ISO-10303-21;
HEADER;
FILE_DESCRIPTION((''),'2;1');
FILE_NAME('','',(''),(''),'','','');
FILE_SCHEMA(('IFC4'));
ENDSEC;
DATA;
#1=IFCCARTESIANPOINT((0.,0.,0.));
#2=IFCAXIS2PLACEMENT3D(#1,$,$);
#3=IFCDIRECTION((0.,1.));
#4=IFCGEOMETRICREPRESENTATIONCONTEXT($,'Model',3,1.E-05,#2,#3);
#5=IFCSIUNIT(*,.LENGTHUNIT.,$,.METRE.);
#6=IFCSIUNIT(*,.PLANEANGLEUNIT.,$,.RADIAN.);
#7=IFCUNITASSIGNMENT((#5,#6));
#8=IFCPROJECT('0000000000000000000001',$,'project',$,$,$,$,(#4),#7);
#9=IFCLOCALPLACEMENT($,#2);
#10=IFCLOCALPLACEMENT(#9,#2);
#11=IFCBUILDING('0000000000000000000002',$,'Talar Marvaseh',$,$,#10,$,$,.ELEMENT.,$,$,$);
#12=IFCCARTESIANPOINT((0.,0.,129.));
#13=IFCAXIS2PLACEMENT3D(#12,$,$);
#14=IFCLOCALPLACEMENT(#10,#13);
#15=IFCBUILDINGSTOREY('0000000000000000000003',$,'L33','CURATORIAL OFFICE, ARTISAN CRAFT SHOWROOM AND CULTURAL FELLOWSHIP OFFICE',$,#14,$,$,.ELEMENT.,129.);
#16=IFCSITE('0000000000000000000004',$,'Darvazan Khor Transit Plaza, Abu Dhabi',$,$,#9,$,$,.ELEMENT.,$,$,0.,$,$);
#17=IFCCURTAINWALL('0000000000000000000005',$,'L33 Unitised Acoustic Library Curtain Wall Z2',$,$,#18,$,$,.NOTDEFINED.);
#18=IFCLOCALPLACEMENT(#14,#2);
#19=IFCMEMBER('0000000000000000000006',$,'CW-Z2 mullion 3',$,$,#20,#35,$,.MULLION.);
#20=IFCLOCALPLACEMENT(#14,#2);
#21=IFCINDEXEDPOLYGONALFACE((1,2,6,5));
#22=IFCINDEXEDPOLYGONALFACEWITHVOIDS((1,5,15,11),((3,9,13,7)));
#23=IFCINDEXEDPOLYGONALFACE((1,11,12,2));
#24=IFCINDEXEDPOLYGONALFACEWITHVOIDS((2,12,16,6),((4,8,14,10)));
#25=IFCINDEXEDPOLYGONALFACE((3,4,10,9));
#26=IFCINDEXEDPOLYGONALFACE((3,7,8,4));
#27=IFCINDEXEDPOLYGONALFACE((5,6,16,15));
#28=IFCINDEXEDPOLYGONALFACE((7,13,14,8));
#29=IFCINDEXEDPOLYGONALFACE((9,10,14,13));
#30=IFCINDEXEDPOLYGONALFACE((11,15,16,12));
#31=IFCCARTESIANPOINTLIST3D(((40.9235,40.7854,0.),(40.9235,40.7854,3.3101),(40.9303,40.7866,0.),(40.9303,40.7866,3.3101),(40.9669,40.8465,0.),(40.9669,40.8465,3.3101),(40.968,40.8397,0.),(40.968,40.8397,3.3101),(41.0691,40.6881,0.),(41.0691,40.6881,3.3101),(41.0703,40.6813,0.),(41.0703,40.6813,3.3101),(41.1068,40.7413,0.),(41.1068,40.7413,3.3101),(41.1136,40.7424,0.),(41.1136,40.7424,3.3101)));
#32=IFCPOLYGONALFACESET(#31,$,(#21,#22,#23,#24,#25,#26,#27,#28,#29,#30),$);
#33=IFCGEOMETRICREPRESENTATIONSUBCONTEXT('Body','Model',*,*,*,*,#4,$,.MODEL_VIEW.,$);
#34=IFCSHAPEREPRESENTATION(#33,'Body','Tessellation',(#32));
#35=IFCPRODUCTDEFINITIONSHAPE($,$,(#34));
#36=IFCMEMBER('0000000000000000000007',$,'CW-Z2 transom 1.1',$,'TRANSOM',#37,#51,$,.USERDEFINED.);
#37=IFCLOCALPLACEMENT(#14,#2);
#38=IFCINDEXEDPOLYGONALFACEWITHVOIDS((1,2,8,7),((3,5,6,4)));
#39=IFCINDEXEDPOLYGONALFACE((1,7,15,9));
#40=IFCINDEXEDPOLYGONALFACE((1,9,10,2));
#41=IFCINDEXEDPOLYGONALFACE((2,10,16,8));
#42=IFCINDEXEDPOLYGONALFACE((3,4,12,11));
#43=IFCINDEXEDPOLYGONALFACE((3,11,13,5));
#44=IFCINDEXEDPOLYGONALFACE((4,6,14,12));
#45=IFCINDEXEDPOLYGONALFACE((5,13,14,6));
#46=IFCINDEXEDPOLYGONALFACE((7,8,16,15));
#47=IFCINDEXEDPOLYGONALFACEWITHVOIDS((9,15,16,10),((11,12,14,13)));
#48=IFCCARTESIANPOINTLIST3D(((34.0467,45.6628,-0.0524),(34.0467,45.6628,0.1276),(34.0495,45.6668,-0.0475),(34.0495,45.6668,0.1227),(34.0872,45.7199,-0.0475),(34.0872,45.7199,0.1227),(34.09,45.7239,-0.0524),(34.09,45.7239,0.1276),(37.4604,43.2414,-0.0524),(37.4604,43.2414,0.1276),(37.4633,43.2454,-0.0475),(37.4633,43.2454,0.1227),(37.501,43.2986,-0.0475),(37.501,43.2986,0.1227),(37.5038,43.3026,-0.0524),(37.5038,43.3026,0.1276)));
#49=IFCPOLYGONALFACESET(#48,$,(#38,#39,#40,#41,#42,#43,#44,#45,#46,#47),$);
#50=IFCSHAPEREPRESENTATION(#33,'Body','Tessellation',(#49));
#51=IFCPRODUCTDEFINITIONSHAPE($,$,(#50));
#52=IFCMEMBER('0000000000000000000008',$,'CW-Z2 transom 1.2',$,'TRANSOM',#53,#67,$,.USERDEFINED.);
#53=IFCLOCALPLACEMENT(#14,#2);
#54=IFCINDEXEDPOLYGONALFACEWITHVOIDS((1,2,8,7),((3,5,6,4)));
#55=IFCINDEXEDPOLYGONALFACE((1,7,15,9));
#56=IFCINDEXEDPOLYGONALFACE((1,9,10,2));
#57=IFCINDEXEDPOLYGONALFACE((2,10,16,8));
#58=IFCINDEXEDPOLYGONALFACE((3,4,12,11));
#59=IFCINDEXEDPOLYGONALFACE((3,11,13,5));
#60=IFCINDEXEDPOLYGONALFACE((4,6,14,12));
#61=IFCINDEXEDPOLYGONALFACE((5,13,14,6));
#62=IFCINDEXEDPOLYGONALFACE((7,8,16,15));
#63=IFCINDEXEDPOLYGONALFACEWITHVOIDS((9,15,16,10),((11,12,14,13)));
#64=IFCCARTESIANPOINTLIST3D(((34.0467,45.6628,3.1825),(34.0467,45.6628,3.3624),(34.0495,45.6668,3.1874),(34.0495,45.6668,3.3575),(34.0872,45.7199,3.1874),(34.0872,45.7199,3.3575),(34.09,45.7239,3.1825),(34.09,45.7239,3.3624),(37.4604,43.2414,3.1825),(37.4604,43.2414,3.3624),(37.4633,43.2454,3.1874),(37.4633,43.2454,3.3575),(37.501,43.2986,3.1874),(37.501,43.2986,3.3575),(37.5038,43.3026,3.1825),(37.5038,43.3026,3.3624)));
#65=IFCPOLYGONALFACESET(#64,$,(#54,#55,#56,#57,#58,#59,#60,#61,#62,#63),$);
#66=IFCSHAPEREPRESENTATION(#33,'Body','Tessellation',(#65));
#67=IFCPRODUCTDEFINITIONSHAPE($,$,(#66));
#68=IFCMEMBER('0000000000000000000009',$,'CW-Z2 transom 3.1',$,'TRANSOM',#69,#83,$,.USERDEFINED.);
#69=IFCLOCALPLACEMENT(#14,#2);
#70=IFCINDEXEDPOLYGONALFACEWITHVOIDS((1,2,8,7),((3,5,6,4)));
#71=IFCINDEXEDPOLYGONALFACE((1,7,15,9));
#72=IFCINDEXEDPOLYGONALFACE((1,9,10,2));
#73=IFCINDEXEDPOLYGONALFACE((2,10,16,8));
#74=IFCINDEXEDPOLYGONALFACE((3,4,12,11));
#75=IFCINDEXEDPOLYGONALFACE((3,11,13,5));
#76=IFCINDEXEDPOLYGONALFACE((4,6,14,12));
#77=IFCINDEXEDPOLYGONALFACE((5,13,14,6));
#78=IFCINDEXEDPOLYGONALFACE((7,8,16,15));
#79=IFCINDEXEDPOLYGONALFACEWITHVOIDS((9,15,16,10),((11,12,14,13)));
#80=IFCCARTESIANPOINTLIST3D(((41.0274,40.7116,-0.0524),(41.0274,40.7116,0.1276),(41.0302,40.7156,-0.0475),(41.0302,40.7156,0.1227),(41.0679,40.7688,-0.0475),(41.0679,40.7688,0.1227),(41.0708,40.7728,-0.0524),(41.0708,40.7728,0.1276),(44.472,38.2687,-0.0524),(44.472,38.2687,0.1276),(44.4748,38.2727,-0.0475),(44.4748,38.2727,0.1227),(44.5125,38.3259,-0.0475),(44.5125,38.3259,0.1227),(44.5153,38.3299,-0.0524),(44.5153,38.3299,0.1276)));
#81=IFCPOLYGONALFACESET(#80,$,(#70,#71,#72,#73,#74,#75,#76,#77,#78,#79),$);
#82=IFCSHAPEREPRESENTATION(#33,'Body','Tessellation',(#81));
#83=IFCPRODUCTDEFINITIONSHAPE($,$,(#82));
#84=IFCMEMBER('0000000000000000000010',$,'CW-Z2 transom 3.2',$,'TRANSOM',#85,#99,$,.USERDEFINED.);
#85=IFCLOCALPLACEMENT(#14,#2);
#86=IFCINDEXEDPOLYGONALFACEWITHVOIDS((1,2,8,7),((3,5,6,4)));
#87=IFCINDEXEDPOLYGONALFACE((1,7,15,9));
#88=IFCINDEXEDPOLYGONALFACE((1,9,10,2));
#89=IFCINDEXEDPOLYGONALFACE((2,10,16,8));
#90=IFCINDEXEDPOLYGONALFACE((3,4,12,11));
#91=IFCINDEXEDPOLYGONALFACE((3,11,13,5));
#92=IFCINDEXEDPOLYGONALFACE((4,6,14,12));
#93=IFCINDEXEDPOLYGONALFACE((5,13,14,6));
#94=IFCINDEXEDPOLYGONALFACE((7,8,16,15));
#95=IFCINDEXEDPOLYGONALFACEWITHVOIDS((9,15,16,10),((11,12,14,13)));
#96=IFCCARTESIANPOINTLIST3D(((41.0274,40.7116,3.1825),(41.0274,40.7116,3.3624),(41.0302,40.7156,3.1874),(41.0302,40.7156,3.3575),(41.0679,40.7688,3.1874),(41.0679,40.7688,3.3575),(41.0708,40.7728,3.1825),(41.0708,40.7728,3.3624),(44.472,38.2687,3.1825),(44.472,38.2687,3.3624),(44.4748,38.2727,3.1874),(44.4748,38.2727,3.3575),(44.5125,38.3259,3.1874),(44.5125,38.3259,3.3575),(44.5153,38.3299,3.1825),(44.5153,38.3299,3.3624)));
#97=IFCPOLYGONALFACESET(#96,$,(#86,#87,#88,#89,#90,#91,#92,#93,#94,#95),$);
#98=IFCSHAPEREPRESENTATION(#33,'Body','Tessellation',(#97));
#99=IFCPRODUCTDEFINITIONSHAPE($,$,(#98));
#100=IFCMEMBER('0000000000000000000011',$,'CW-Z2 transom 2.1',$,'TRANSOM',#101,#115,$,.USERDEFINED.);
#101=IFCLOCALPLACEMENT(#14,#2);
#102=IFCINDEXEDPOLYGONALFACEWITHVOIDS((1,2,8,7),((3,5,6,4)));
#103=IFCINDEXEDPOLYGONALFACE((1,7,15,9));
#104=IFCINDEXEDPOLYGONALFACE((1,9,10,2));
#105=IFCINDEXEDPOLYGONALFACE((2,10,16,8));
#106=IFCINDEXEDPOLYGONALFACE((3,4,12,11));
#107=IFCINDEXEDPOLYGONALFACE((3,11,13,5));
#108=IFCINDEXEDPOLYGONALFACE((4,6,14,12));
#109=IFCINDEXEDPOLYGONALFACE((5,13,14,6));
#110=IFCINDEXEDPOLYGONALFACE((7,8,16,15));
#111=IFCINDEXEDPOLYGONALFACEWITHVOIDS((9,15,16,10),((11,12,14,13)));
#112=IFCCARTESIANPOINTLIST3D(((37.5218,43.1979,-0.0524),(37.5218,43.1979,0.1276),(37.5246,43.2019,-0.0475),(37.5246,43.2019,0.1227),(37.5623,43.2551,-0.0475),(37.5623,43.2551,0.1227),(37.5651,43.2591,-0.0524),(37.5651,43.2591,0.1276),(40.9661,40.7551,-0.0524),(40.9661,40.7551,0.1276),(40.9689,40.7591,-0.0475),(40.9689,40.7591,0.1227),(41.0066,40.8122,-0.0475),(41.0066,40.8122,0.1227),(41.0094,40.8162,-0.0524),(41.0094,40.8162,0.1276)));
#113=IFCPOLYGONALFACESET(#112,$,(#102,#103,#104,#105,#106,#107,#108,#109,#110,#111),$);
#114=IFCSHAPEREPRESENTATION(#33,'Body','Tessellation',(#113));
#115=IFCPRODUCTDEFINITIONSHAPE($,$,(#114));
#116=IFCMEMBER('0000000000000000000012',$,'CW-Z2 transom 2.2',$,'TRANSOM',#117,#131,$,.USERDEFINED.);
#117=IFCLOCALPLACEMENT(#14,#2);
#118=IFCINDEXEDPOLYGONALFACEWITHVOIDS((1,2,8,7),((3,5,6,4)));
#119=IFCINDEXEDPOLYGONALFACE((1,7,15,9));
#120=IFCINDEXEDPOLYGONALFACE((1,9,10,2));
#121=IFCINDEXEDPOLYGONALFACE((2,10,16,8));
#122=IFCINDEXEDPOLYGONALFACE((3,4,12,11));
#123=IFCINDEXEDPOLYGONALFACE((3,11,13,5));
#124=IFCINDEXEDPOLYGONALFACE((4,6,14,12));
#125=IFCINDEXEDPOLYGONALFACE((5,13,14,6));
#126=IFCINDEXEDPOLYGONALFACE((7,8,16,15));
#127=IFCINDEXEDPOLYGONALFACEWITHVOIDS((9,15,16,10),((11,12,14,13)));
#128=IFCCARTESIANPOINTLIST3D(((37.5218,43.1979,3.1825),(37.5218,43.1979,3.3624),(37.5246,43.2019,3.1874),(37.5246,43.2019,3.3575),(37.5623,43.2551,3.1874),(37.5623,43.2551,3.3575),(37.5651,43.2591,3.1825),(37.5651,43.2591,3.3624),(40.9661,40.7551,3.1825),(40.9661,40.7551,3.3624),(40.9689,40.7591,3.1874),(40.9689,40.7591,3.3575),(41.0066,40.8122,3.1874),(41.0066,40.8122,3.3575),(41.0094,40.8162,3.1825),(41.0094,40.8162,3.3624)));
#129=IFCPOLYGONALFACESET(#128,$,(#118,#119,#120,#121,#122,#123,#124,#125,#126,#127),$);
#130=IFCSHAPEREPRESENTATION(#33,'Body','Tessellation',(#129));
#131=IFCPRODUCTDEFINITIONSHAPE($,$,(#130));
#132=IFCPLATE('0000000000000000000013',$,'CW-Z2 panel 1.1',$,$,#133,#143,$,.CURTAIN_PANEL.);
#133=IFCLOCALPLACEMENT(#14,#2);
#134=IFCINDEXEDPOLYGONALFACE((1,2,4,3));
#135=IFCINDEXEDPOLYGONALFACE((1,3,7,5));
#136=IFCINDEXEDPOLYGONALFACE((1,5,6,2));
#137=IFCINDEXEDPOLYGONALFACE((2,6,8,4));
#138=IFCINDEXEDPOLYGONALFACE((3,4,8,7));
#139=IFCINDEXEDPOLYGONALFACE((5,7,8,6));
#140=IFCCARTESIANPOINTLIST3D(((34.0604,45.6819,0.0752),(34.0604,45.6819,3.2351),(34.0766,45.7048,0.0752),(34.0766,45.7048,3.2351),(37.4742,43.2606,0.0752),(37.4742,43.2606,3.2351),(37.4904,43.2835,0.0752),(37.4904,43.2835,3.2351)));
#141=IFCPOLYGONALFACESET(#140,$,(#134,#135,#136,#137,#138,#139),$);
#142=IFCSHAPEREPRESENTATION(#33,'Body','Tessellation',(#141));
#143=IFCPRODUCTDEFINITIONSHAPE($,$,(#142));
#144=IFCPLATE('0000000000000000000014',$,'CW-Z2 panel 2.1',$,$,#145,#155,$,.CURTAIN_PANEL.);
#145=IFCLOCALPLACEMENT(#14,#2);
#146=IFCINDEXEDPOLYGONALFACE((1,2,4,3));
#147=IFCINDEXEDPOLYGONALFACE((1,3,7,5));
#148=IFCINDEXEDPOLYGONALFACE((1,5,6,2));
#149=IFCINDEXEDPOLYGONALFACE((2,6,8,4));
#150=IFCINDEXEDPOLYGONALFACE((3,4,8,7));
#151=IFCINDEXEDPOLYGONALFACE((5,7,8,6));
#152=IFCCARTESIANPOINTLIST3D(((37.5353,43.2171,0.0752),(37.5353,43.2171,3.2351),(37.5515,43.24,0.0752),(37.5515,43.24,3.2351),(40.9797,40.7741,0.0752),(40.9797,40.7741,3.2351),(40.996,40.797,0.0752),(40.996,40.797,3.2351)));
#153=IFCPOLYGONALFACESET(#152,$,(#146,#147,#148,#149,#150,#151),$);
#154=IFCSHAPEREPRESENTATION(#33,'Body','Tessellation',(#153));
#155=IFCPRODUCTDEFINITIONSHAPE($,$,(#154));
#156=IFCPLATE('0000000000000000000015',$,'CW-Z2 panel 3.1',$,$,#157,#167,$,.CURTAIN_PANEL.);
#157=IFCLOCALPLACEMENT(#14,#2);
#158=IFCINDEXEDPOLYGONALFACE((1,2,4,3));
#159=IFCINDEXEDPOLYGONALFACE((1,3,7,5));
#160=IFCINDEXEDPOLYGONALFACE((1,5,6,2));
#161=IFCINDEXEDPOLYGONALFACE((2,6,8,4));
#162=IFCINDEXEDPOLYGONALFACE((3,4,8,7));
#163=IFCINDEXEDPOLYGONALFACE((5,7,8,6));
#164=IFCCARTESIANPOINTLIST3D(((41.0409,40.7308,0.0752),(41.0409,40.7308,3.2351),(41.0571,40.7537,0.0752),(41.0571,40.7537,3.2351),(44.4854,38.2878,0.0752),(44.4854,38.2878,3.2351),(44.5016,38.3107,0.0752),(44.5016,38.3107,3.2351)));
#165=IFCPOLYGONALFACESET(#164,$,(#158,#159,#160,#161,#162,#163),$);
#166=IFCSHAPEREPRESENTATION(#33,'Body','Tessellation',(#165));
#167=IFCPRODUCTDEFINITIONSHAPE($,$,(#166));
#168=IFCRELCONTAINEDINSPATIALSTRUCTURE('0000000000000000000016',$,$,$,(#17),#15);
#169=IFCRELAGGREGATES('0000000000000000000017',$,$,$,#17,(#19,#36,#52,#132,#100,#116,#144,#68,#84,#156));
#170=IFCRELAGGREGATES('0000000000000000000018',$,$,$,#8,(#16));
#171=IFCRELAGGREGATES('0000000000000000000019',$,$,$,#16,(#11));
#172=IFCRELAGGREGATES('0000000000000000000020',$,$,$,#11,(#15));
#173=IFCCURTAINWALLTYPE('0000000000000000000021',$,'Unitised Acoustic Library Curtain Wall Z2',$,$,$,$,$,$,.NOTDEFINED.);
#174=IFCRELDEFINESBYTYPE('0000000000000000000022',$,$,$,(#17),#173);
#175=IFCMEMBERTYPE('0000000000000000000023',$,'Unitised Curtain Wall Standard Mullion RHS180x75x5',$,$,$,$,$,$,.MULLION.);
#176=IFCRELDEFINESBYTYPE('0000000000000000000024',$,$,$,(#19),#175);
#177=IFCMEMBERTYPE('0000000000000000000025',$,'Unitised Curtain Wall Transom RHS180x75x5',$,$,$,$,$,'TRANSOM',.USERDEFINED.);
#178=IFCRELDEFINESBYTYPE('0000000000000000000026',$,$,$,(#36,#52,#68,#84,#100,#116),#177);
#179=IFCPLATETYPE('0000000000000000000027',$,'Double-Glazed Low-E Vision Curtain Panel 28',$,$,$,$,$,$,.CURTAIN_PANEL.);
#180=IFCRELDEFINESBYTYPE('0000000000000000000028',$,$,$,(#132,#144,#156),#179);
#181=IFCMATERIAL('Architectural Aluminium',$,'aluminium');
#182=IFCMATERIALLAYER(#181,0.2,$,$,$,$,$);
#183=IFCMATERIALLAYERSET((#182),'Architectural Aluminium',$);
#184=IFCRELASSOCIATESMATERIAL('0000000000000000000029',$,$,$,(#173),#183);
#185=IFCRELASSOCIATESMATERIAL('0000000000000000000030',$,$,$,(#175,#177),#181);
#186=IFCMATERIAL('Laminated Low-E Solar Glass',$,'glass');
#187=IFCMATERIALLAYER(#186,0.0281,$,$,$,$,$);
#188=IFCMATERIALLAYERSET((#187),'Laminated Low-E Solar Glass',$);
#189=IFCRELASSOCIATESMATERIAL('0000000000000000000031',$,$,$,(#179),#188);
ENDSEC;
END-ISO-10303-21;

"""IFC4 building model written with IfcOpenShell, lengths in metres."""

from ifc_helpers import new_model, si_unit, direction, frame, origin, origin_2d, place, context, subcontext, project, spatial, rectangle, hollow_rectangle, extrude, source, transform, mapped, material, layer, layer_set, material_profile, profile_set, type_object, type_shapes, element, aggregate, save


model = new_model("IFC4")

# Units and contexts
model_context = context("Model", 3, precision=1e-05, world=origin(), true_north=direction((0.0, 1.0)))
body_context = subcontext(model_context, "Body", "Model", "MODEL_VIEW")
ifc_project = project(units=[si_unit("LENGTHUNIT", "METRE"), si_unit("PLANEANGLEUNIT", "RADIAN")], contexts=[model_context])

# Site, building, storey
site_placement = place(None, origin())
site = spatial("IfcSite", under=ifc_project, at=site_placement, Name="Darvazan Khor Transit Plaza, Abu Dhabi", CompositionType="ELEMENT", RefElevation=0.0)
building_placement = place(site_placement, origin())
building = spatial("IfcBuilding", under=site, at=building_placement, Name="Talar Marvaseh", CompositionType="ELEMENT")
storey_placement = place(building_placement, frame((0.0, 0.0, 129.0)))
storey = spatial("IfcBuildingStorey", under=building, at=storey_placement, Name="L33", Description="CURATORIAL OFFICE, ARTISAN CRAFT SHOWROOM AND CULTURAL FELLOWSHIP OFFICE", CompositionType="ELEMENT", Elevation=129.0)

# Curtain wall, members, plates
ifc_material_1 = material(Name="Architectural Aluminium", Category="aluminium")
ifc_layer_1 = layer(ifc_material_1, 0.2)
ifc_layer_set_1 = layer_set([ifc_layer_1], Name="Architectural Aluminium")
curtain_wall_type = type_object("IfcCurtainWallType", Name="Unitised Acoustic Library Curtain Wall Z2", PredefinedType="NOTDEFINED", material=ifc_layer_set_1)
curtain_wall_placement = place(storey_placement, origin())
curtain_wall = element("IfcCurtainWall", 1, at=curtain_wall_placement, inside=storey, type_object=curtain_wall_type, Name="L33 Unitised Acoustic Library Curtain Wall Z2", PredefinedType="NOTDEFINED")
ifc_material_profile_1 = material_profile(ifc_material_1, hollow_rectangle(XDim=0.075, YDim=0.1799, WallThickness=0.0049, at=origin_2d()), Name="RHS180x75x5")
ifc_profile_set_1 = profile_set([ifc_material_profile_1], Name="Architectural Aluminium")
member_type_1 = type_object("IfcMemberType", Name="Unitised Curtain Wall Standard Mullion RHS180x75x5", PredefinedType="MULLION", material=ifc_profile_set_1)
shared_shape_1 = source(origin(), body_context, "Body", "SweptSolid", [
    extrude(hollow_rectangle(XDim=0.075, YDim=0.1799, WallThickness=0.0049, at=origin_2d()), origin(), (0.0, 0.0, 1.0), 3.3101),
])
type_shapes(member_type_1, [shared_shape_1])
member_1_placement = place(storey_placement, frame((41.0186, 40.7639, 0.0), z_axis=(0.0, 0.0, 1.0), x_axis=(0.578518, 0.81567, 0.0)))
member_1 = element("IfcMember", 2, at=member_1_placement, type_object=member_type_1, Name="CW-Z2 mullion 3", PredefinedType="MULLION", context=body_context, shape_type="MappedRepresentation", body=[
    mapped(shared_shape_1, transform((0.0, 0.0, 0.0), x_axis=(1.0, 0.0, 0.0), y_axis=(0.0, 1.0, 0.0), z_axis=(0.0, 0.0, 1.0), scale=1.0)),
])
ifc_material_profile_2 = material_profile(ifc_material_1, hollow_rectangle(XDim=0.075, YDim=0.1799, WallThickness=0.0049, at=origin_2d()), Name="RHS180x75x5")
ifc_profile_set_2 = profile_set([ifc_material_profile_2], Name="Architectural Aluminium")
member_type_2 = type_object("IfcMemberType", Name="Unitised Curtain Wall Transom RHS180x75x5", ElementType="TRANSOM", PredefinedType="USERDEFINED", material=ifc_profile_set_2)
shared_shape_2 = source(origin(), body_context, "Body", "SweptSolid", [
    extrude(hollow_rectangle(XDim=0.075, YDim=0.1799, WallThickness=0.0049, at=origin_2d()), origin(), (0.0, 0.0, 1.0), 4.1853),
])
member_2_placement = place(storey_placement, frame((34.0684, 45.6934, 0.0376), z_axis=(0.815656, -0.578537, 0.0), x_axis=(0.578537, 0.815656, 0.0)))
member_2 = element("IfcMember", 3, at=member_2_placement, type_object=member_type_2, Name="CW-Z2 transom 1.1", ObjectType="TRANSOM", PredefinedType="USERDEFINED", context=body_context, shape_type="MappedRepresentation", body=[
    mapped(shared_shape_2, transform((0.0, 0.0, 0.0), x_axis=(1.0, 0.0, 0.0), y_axis=(0.0, 1.0, 0.0), z_axis=(0.0, 0.0, 1.0), scale=1.0)),
])
member_3_placement = place(storey_placement, frame((34.0684, 45.6934, 3.2725), z_axis=(0.815656, -0.578537, 0.0), x_axis=(0.578537, 0.815656, 0.0)))
member_3 = element("IfcMember", 4, at=member_3_placement, type_object=member_type_2, Name="CW-Z2 transom 1.2", ObjectType="TRANSOM", PredefinedType="USERDEFINED", context=body_context, shape_type="MappedRepresentation", body=[
    mapped(shared_shape_2, transform((0.0, 0.0, 0.0), x_axis=(1.0, 0.0, 0.0), y_axis=(0.0, 1.0, 0.0), z_axis=(0.0, 0.0, 1.0), scale=1.0)),
])
shared_shape_3 = source(origin(), body_context, "Body", "SweptSolid", [
    extrude(hollow_rectangle(XDim=0.075, YDim=0.1799, WallThickness=0.0049, at=origin_2d()), origin(), (0.0, 0.0, 1.0), 4.2229),
])
member_4_placement = place(storey_placement, frame((41.0491, 40.7422, 0.0376), z_axis=(0.815694, -0.578484, 0.0), x_axis=(0.578484, 0.815694, 0.0)))
member_4 = element("IfcMember", 5, at=member_4_placement, type_object=member_type_2, Name="CW-Z2 transom 3.1", ObjectType="TRANSOM", PredefinedType="USERDEFINED", context=body_context, shape_type="MappedRepresentation", body=[
    mapped(shared_shape_3, transform((0.0, 0.0, 0.0), x_axis=(1.0, 0.0, 0.0), y_axis=(0.0, 1.0, 0.0), z_axis=(0.0, 0.0, 1.0), scale=1.0)),
])
member_5_placement = place(storey_placement, frame((41.0491, 40.7422, 3.2725), z_axis=(0.815694, -0.578484, 0.0), x_axis=(0.578484, 0.815694, 0.0)))
member_5 = element("IfcMember", 6, at=member_5_placement, type_object=member_type_2, Name="CW-Z2 transom 3.2", ObjectType="TRANSOM", PredefinedType="USERDEFINED", context=body_context, shape_type="MappedRepresentation", body=[
    mapped(shared_shape_3, transform((0.0, 0.0, 0.0), x_axis=(1.0, 0.0, 0.0), y_axis=(0.0, 1.0, 0.0), z_axis=(0.0, 0.0, 1.0), scale=1.0)),
])
shared_shape_4 = source(origin(), body_context, "Body", "SweptSolid", [
    extrude(hollow_rectangle(XDim=0.075, YDim=0.1799, WallThickness=0.0049, at=origin_2d()), origin(), (0.0, 0.0, 1.0), 4.2227),
])
type_shapes(member_type_2, [shared_shape_2, shared_shape_3, shared_shape_4])
member_6_placement = place(storey_placement, frame((37.5435, 43.2285, 0.0376), z_axis=(0.815674, -0.578511, 0.0), x_axis=(0.578511, 0.815674, 0.0)))
member_6 = element("IfcMember", 7, at=member_6_placement, type_object=member_type_2, Name="CW-Z2 transom 2.1", ObjectType="TRANSOM", PredefinedType="USERDEFINED", context=body_context, shape_type="MappedRepresentation", body=[
    mapped(shared_shape_4, transform((0.0, 0.0, 0.0), x_axis=(1.0, 0.0, 0.0), y_axis=(0.0, 1.0, 0.0), z_axis=(0.0, 0.0, 1.0), scale=1.0)),
])
member_7_placement = place(storey_placement, frame((37.5435, 43.2285, 3.2725), z_axis=(0.815674, -0.578511, 0.0), x_axis=(0.578511, 0.815674, 0.0)))
member_7 = element("IfcMember", 8, at=member_7_placement, type_object=member_type_2, Name="CW-Z2 transom 2.2", ObjectType="TRANSOM", PredefinedType="USERDEFINED", context=body_context, shape_type="MappedRepresentation", body=[
    mapped(shared_shape_4, transform((0.0, 0.0, 0.0), x_axis=(1.0, 0.0, 0.0), y_axis=(0.0, 1.0, 0.0), z_axis=(0.0, 0.0, 1.0), scale=1.0)),
])
ifc_material_2 = material(Name="Laminated Low-E Solar Glass", Category="glass")
ifc_layer_2 = layer(ifc_material_2, 0.0281)
ifc_layer_set_2 = layer_set([ifc_layer_2], Name="Laminated Low-E Solar Glass")
plate_type = type_object("IfcPlateType", Name="Double-Glazed Low-E Vision Curtain Panel 28", PredefinedType="CURTAIN_PANEL", material=ifc_layer_set_2)
shared_shape_5 = source(origin(), body_context, "Body", "SweptSolid", [
    extrude(rectangle(XDim=4.1853, YDim=0.0281, at=origin_2d()), origin(), (0.0, 0.0, 1.0), 3.1599),
])
plate_1_placement = place(storey_placement, frame((35.7754, 44.4827, 0.0752), z_axis=(0.0, 0.0, 1.0), x_axis=(0.81567, -0.578518, 0.0)))
plate_1 = element("IfcPlate", 9, at=plate_1_placement, type_object=plate_type, Name="CW-Z2 panel 1.1", PredefinedType="CURTAIN_PANEL", context=body_context, shape_type="MappedRepresentation", body=[
    mapped(shared_shape_5, transform((0.0, 0.0, 0.0), x_axis=(1.0, 0.0, 0.0), y_axis=(0.0, 1.0, 0.0), z_axis=(0.0, 0.0, 1.0), scale=1.0)),
])
shared_shape_6 = source(origin(), body_context, "Body", "SweptSolid", [
    extrude(rectangle(XDim=4.2229, YDim=0.0281, at=origin_2d()), origin(), (0.0, 0.0, 1.0), 3.1599),
])
type_shapes(plate_type, [shared_shape_5, shared_shape_6])
plate_2_placement = place(storey_placement, frame((39.2656, 42.0071, 0.0752), z_axis=(0.0, 0.0, 1.0), x_axis=(0.81567, -0.578518, 0.0)))
plate_2 = element("IfcPlate", 10, at=plate_2_placement, type_object=plate_type, Name="CW-Z2 panel 2.1", PredefinedType="CURTAIN_PANEL", context=body_context, shape_type="MappedRepresentation", body=[
    mapped(shared_shape_6, transform((0.0, 0.0, 0.0), x_axis=(1.0, 0.0, 0.0), y_axis=(0.0, 1.0, 0.0), z_axis=(0.0, 0.0, 1.0), scale=1.0)),
])
plate_3_placement = place(storey_placement, frame((42.7712, 39.5208, 0.0752), z_axis=(0.0, 0.0, 1.0), x_axis=(0.81567, -0.578518, 0.0)))
plate_3 = element("IfcPlate", 11, at=plate_3_placement, type_object=plate_type, Name="CW-Z2 panel 3.1", PredefinedType="CURTAIN_PANEL", context=body_context, shape_type="MappedRepresentation", body=[
    mapped(shared_shape_6, transform((0.0, 0.0, 0.0), x_axis=(1.0, 0.0, 0.0), y_axis=(0.0, 1.0, 0.0), z_axis=(0.0, 0.0, 1.0), scale=1.0)),
])
aggregate(curtain_wall, [member_1, member_2, member_3, plate_1, member_6, member_7, plate_2, member_4, member_5, plate_3])

save(model, "model.ifc")
